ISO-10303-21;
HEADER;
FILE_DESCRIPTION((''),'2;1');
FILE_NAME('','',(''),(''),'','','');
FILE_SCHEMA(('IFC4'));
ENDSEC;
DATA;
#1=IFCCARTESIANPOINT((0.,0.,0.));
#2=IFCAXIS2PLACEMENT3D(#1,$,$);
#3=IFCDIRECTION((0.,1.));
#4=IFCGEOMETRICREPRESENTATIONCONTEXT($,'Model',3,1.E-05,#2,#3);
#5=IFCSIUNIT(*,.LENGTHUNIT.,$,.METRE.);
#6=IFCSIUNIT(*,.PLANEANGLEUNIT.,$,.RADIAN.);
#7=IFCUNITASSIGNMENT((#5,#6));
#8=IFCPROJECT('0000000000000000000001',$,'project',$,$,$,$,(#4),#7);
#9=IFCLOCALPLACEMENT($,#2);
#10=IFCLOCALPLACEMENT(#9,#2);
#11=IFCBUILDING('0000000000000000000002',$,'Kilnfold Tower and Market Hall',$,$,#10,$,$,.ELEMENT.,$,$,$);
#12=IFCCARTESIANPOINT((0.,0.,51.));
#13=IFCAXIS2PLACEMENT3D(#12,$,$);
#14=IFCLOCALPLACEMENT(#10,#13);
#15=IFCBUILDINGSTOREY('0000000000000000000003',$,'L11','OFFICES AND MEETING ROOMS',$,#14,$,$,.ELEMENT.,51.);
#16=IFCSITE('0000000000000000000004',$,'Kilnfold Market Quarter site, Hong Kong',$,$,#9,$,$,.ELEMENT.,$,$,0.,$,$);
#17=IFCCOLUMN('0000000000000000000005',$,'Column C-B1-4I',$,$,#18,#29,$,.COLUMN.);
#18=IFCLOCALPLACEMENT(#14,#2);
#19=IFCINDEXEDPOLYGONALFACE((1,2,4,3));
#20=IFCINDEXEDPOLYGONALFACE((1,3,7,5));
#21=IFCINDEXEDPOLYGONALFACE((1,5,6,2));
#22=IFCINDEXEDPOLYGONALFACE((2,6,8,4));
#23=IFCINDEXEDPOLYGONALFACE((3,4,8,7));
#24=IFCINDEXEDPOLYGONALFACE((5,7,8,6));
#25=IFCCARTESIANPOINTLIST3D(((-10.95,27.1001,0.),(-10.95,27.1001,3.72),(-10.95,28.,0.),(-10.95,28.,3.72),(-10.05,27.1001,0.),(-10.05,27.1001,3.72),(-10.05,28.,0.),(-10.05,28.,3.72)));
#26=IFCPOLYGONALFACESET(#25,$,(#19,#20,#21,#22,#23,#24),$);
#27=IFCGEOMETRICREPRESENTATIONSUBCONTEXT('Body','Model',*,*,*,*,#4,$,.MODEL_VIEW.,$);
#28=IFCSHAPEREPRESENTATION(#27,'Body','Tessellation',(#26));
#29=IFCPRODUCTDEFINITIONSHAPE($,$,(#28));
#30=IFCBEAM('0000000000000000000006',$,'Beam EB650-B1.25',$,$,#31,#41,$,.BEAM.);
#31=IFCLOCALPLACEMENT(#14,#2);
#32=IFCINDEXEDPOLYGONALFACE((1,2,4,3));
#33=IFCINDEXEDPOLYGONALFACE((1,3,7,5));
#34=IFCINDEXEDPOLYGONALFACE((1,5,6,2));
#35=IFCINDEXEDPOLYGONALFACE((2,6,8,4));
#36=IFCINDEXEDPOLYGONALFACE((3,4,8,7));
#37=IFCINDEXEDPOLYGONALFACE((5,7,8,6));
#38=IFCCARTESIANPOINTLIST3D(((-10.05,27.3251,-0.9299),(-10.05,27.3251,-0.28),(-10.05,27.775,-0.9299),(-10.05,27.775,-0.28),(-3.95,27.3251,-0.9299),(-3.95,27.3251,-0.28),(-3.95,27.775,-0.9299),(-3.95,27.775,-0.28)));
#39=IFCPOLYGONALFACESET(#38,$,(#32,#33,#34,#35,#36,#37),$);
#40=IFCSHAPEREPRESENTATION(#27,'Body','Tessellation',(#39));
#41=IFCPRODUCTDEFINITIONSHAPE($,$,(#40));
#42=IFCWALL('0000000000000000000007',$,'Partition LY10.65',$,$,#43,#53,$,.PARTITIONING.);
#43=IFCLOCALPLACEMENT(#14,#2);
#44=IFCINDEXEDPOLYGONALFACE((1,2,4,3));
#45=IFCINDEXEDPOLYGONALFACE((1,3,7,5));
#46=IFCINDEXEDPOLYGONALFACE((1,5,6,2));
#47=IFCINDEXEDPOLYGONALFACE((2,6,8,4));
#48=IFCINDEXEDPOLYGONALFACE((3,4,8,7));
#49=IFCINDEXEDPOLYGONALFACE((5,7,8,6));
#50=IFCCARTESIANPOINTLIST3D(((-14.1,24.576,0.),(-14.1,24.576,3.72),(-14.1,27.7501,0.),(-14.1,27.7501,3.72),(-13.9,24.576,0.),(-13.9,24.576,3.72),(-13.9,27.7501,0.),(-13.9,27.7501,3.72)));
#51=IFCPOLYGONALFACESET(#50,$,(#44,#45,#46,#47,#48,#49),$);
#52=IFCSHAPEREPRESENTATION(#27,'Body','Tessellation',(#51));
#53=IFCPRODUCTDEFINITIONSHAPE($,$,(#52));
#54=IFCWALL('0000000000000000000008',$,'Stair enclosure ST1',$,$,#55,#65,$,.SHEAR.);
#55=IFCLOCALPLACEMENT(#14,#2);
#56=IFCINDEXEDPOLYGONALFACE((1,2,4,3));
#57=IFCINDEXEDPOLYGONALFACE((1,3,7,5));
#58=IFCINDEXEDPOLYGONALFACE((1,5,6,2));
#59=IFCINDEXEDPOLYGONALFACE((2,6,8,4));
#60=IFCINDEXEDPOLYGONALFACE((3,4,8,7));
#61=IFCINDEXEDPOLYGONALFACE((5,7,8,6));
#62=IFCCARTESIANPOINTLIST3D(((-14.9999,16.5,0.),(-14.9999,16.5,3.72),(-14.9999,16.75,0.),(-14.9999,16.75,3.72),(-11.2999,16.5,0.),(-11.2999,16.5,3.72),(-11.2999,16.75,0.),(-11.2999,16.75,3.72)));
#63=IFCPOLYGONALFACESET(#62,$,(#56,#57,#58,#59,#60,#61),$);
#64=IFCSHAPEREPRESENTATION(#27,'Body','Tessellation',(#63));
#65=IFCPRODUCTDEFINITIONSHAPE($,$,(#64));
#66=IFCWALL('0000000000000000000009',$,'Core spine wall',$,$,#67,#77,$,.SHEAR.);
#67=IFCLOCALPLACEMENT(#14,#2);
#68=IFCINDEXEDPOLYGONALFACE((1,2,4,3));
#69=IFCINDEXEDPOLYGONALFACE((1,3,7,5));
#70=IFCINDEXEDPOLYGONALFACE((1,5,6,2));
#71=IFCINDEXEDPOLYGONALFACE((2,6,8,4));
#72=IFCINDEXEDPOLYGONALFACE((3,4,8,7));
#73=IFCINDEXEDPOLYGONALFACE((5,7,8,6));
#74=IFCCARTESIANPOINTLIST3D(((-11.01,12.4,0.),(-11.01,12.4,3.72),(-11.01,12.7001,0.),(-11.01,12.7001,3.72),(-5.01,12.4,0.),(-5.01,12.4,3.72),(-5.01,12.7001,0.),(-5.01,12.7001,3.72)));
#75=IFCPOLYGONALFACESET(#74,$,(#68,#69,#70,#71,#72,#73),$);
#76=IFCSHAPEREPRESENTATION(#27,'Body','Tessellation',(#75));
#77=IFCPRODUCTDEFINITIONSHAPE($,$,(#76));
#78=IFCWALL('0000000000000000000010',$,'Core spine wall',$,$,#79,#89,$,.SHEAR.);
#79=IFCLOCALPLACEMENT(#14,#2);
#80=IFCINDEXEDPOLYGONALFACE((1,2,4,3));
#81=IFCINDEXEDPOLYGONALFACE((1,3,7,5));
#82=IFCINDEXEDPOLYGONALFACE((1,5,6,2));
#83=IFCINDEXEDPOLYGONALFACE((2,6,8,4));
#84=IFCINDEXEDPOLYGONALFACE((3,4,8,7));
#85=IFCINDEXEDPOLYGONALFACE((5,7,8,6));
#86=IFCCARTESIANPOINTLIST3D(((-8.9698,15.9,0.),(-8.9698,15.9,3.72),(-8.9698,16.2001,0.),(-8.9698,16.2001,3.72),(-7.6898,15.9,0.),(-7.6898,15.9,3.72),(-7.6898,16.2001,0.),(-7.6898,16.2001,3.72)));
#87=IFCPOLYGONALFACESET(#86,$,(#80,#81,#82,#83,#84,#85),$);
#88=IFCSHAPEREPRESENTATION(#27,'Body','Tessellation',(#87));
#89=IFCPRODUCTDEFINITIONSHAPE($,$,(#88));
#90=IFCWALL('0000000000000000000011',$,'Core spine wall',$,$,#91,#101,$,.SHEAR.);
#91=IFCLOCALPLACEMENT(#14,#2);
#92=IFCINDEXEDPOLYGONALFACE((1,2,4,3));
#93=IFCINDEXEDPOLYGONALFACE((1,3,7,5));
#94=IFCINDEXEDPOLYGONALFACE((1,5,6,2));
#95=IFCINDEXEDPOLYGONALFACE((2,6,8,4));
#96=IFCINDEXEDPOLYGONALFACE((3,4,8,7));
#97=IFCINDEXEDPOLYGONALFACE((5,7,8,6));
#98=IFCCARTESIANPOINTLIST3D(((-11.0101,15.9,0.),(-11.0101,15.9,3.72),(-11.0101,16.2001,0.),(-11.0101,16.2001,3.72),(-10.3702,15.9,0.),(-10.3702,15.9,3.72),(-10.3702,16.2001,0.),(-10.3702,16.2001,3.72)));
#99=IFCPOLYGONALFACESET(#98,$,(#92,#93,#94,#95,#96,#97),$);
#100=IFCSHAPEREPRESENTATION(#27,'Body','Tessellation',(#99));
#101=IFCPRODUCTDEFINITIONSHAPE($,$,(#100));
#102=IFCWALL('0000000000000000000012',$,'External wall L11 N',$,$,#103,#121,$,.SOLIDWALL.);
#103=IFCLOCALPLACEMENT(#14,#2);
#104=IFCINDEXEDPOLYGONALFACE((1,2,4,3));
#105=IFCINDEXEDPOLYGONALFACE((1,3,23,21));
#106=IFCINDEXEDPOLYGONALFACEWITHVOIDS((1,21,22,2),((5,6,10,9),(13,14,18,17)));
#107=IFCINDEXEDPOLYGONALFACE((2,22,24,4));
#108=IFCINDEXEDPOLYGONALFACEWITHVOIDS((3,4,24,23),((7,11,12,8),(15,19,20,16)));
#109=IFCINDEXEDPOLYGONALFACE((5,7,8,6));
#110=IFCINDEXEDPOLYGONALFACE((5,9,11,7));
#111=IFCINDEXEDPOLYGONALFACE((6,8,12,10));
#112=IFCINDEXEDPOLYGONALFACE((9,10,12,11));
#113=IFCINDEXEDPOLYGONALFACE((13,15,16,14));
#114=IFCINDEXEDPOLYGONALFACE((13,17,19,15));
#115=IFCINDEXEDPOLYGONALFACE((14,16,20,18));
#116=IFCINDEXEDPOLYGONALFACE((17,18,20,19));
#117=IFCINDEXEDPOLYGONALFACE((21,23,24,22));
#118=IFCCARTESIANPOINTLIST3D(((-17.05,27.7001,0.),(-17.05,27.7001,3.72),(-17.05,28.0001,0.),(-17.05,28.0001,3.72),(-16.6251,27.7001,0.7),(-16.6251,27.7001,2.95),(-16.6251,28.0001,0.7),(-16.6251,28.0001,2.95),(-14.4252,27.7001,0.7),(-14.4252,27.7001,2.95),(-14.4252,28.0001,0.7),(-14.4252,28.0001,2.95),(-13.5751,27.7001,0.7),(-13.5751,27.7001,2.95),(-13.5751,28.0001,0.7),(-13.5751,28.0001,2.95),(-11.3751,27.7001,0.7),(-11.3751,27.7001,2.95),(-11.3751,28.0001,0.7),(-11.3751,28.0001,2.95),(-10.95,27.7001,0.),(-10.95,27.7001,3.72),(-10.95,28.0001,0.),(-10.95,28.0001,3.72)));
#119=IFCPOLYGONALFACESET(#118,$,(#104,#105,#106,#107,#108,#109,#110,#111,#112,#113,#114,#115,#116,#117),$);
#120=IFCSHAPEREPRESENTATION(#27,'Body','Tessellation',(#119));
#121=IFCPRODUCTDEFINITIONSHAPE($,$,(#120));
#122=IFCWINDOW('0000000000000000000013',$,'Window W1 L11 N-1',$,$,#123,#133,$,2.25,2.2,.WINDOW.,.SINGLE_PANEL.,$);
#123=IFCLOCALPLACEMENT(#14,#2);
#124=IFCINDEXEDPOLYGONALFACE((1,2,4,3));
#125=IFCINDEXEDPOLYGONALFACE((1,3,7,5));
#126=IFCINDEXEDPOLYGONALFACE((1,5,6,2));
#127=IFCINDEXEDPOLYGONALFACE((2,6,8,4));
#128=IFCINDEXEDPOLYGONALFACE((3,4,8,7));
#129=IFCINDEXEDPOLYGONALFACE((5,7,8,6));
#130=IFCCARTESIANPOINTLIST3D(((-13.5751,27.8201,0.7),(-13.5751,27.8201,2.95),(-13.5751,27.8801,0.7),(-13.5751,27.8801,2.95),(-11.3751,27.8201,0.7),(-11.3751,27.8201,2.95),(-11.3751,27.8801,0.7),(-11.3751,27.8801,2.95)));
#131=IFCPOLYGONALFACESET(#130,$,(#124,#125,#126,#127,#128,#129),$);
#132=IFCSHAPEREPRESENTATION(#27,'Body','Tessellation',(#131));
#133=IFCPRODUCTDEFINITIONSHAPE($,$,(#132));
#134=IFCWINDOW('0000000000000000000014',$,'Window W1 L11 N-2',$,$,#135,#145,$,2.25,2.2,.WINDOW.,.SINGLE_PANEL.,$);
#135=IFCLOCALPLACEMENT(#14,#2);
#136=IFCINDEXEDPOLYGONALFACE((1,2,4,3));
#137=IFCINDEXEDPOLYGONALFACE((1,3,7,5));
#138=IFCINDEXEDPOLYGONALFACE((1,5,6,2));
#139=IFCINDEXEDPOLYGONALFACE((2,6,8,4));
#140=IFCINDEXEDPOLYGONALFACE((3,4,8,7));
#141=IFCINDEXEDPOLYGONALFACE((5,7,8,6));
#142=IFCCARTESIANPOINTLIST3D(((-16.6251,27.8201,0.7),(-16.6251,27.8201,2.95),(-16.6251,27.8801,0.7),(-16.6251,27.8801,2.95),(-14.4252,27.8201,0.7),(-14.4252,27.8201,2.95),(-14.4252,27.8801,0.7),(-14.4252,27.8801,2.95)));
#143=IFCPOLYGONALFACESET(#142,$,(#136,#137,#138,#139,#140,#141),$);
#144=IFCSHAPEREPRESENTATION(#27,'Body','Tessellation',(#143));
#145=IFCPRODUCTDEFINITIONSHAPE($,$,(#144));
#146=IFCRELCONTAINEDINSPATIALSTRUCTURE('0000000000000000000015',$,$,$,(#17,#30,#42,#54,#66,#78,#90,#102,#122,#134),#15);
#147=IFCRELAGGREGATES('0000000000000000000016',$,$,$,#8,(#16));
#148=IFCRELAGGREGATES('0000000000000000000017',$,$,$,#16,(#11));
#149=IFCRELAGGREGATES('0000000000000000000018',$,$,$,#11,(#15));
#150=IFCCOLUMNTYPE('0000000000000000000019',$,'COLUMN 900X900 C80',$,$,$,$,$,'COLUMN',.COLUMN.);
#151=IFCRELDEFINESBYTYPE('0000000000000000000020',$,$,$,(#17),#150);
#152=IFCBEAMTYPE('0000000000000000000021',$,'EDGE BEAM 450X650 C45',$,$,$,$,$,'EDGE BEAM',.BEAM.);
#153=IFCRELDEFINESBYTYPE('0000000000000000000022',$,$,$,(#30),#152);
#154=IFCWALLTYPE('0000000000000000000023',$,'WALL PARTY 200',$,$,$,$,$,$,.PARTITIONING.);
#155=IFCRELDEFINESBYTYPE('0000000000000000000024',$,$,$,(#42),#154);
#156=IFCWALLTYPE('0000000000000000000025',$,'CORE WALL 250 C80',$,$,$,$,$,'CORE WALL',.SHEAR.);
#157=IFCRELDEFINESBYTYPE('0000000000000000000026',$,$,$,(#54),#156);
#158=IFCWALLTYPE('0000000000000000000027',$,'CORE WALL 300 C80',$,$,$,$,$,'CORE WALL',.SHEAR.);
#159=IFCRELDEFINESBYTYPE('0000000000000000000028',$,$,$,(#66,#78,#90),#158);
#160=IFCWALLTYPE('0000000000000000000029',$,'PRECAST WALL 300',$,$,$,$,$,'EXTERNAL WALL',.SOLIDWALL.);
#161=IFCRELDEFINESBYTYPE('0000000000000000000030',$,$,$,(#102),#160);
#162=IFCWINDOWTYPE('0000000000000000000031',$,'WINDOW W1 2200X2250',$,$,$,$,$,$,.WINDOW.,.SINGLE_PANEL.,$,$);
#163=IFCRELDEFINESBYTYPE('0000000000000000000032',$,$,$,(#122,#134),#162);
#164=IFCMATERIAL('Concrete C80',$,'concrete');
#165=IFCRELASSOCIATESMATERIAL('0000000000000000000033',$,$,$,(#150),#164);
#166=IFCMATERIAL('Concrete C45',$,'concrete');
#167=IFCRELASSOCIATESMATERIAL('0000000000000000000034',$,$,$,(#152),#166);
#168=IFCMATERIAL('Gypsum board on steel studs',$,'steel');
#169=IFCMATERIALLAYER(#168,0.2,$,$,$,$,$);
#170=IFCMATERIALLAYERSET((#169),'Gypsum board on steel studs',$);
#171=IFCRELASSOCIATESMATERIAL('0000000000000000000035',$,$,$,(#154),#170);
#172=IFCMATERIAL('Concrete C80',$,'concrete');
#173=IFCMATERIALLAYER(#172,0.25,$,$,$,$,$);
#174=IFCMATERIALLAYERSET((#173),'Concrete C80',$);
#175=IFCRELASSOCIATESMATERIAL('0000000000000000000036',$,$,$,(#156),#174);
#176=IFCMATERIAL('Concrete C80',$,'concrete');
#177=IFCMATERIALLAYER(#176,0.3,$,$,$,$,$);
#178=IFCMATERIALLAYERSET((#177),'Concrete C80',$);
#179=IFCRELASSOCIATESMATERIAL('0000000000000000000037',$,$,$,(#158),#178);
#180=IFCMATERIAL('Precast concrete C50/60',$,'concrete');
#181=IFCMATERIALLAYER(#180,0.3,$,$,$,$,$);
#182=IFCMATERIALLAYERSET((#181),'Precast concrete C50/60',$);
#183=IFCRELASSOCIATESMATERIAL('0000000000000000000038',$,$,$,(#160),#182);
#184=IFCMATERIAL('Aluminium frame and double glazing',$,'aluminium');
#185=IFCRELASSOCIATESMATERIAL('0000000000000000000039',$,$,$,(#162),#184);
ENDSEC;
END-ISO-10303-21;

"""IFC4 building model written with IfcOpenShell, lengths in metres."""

from ifc_helpers import new_model, si_unit, direction, frame, frame_2d, origin, origin_2d, place, context, subcontext, project, spatial, rectangle, extrude, source, transform, mapped, material, layer, layer_set, material_profile, profile_set, type_object, element, fill, save


model = new_model("IFC4")

# Units and contexts
model_context = context("Model", 3, precision=1e-05, world=origin(), true_north=direction((0.0, 1.0)))
body_context = subcontext(model_context, "Body", "Model", "MODEL_VIEW")
ifc_project = project(units=[si_unit("LENGTHUNIT", "METRE"), si_unit("PLANEANGLEUNIT", "RADIAN")], contexts=[model_context])

# Site, building, storey
site_placement = place(None, origin())
site = spatial("IfcSite", under=ifc_project, at=site_placement, Name="Kilnfold Market Quarter site, Hong Kong", CompositionType="ELEMENT", RefElevation=0.0)
building_placement = place(site_placement, origin())
building = spatial("IfcBuilding", under=site, at=building_placement, Name="Kilnfold Tower and Market Hall", CompositionType="ELEMENT")
storey_placement = place(building_placement, frame((0.0, 0.0, 51.0)))
storey = spatial("IfcBuildingStorey", under=building, at=storey_placement, Name="L11", Description="OFFICES AND MEETING ROOMS", CompositionType="ELEMENT", Elevation=51.0)

# Column
ifc_material_1 = material(Name="Concrete C80", Category="concrete")
ifc_material_profile_1 = material_profile(ifc_material_1, rectangle(XDim=0.8999, YDim=0.8999, at=origin_2d()), Name="RC 900x900")
ifc_profile_set_1 = profile_set([ifc_material_profile_1], Name="Concrete C80")
column_type = type_object("IfcColumnType", Name="COLUMN 900X900 C80", ElementType="COLUMN", PredefinedType="COLUMN", material=ifc_profile_set_1)
shared_shape_1 = source(origin(), body_context, "Body", "SweptSolid", [
    extrude(rectangle(XDim=0.8999, YDim=0.8999, at=origin_2d()), origin(), (0.0, 0.0, 1.0), 3.72),
])
column_placement = place(storey_placement, frame((-10.5, 27.55, 0.0), z_axis=(0.0, 0.0, 1.0), x_axis=(1.0, 0.0, 0.0)))
element("IfcColumn", 1, at=column_placement, inside=storey, type_object=column_type, Name="Column C-B1-4I", PredefinedType="COLUMN", context=body_context, shape_type="MappedRepresentation", body=[
    mapped(shared_shape_1, transform((0.0, 0.0, 0.0))),
])

# Beam
ifc_material_2 = material(Name="Concrete C45", Category="concrete")
ifc_material_profile_2 = material_profile(ifc_material_2, rectangle(XDim=0.45, YDim=0.6499, at=origin_2d()), Name="RC 450x650")
ifc_profile_set_2 = profile_set([ifc_material_profile_2], Name="Concrete C45")
beam_type = type_object("IfcBeamType", Name="EDGE BEAM 450X650 C45", ElementType="EDGE BEAM", PredefinedType="BEAM", material=ifc_profile_set_2)
shared_shape_2 = source(origin(), body_context, "Body", "SweptSolid", [
    extrude(rectangle(XDim=0.45, YDim=0.6499, at=origin_2d()), origin(), (0.0, 0.0, 1.0), 6.1001),
])
beam_placement = place(storey_placement, frame((-10.05, 27.55, -0.605), z_axis=(1.0, 0.0, 0.0), x_axis=(0.0, 1.0, 0.0)))
element("IfcBeam", 2, at=beam_placement, inside=storey, type_object=beam_type, Name="Beam EB650-B1.25", PredefinedType="BEAM", context=body_context, shape_type="MappedRepresentation", body=[
    mapped(shared_shape_2, transform((0.0, 0.0, 0.0))),
])

# Walls
ifc_material_3 = material(Name="Gypsum board on steel studs", Category="steel")
ifc_layer_1 = layer(ifc_material_3, 0.2)
ifc_layer_set_1 = layer_set([ifc_layer_1], Name="Gypsum board on steel studs")
wall_type_1 = type_object("IfcWallType", Name="WALL PARTY 200", PredefinedType="PARTITIONING", material=ifc_layer_set_1)
wall_1_placement = place(storey_placement, frame((-14.0, 27.75, 0.0), z_axis=(0.0, 0.0, 1.0), x_axis=(0.0, -1.0, 0.0)))
element("IfcWall", 3, at=wall_1_placement, inside=storey, type_object=wall_type_1, Name="Partition LY10.65", PredefinedType="PARTITIONING", context=body_context, shape_type="SweptSolid", body=[
    extrude(rectangle(XDim=3.1741, YDim=0.2, at=frame_2d((1.5869, 0.0))), origin(), (0.0, 0.0, 1.0), 3.72),
])
ifc_material_4 = material(Name="Concrete C80", Category="concrete")
ifc_layer_2 = layer(ifc_material_4, 0.25)
ifc_layer_set_2 = layer_set([ifc_layer_2], Name="Concrete C80")
wall_type_2 = type_object("IfcWallType", Name="CORE WALL 250 C80", ElementType="CORE WALL", PredefinedType="SHEAR", material=ifc_layer_set_2)
shared_shape_3 = source(origin(), body_context, "Body", "SweptSolid", [
    extrude(rectangle(XDim=3.7, YDim=0.25, at=frame_2d((1.8501, 0.0))), origin(), (0.0, 0.0, 1.0), 3.72),
])
wall_2_placement = place(storey_placement, frame((-15.0, 16.625, 0.0), z_axis=(0.0, 0.0, 1.0), x_axis=(1.0, 0.0, 0.0)))
element("IfcWall", 4, at=wall_2_placement, inside=storey, type_object=wall_type_2, Name="Stair enclosure ST1", PredefinedType="SHEAR", context=body_context, shape_type="MappedRepresentation", body=[
    mapped(shared_shape_3, transform((0.0, 0.0, 0.0))),
])
ifc_material_5 = material(Name="Concrete C80", Category="concrete")
ifc_layer_3 = layer(ifc_material_5, 0.3)
ifc_layer_set_3 = layer_set([ifc_layer_3], Name="Concrete C80")
wall_type_3 = type_object("IfcWallType", Name="CORE WALL 300 C80", ElementType="CORE WALL", PredefinedType="SHEAR", material=ifc_layer_set_3)
shared_shape_4 = source(origin(), body_context, "Body", "SweptSolid", [
    extrude(rectangle(XDim=6.0, YDim=0.3, at=frame_2d((3.0, 0.0))), origin(), (0.0, 0.0, 1.0), 3.72),
])
wall_3_placement = place(storey_placement, frame((-11.01, 12.55, 0.0), z_axis=(0.0, 0.0, 1.0), x_axis=(1.0, 0.0, 0.0)))
element("IfcWall", 5, at=wall_3_placement, inside=storey, type_object=wall_type_3, Name="Core spine wall", PredefinedType="SHEAR", context=body_context, shape_type="MappedRepresentation", body=[
    mapped(shared_shape_4, transform((0.0, 0.0, 0.0))),
])
shared_shape_5 = source(origin(), body_context, "Body", "SweptSolid", [
    extrude(rectangle(XDim=1.28, YDim=0.3, at=frame_2d((0.6401, 0.0))), origin(), (0.0, 0.0, 1.0), 3.72),
])
wall_4_placement = place(storey_placement, frame((-8.97, 16.05, 0.0), z_axis=(0.0, 0.0, 1.0), x_axis=(1.0, 0.0, 0.0)))
element("IfcWall", 6, at=wall_4_placement, inside=storey, type_object=wall_type_3, Name="Core spine wall", PredefinedType="SHEAR", context=body_context, shape_type="MappedRepresentation", body=[
    mapped(shared_shape_5, transform((0.0, 0.0, 0.0))),
])
shared_shape_6 = source(origin(), body_context, "Body", "SweptSolid", [
    extrude(rectangle(XDim=0.6399, YDim=0.3, at=frame_2d((0.3198, 0.0))), origin(), (0.0, 0.0, 1.0), 3.72),
])
wall_5_placement = place(storey_placement, frame((-11.01, 16.05, 0.0), z_axis=(0.0, 0.0, 1.0), x_axis=(1.0, 0.0, 0.0)))
element("IfcWall", 7, at=wall_5_placement, inside=storey, type_object=wall_type_3, Name="Core spine wall", PredefinedType="SHEAR", context=body_context, shape_type="MappedRepresentation", body=[
    mapped(shared_shape_6, transform((0.0, 0.0, 0.0))),
])

# Wall, openings, windows
ifc_material_6 = material(Name="Precast concrete C50/60", Category="concrete")
ifc_layer_4 = layer(ifc_material_6, 0.3)
ifc_layer_set_4 = layer_set([ifc_layer_4], Name="Precast concrete C50/60")
wall_type_4 = type_object("IfcWallType", Name="PRECAST WALL 300", ElementType="EXTERNAL WALL", PredefinedType="SOLIDWALL", material=ifc_layer_set_4)
shared_shape_7 = source(origin(), body_context, "Body", "SweptSolid", [
    extrude(rectangle(XDim=6.1001, YDim=0.3, at=frame_2d((3.05, 0.0))), origin(), (0.0, 0.0, 1.0), 3.72),
])
wall_6_placement = place(storey_placement, frame((-10.95, 27.8501, 0.0), z_axis=(0.0, 0.0, 1.0), x_axis=(-1.0, 0.0, 0.0)))
wall_6 = element("IfcWall", 8, at=wall_6_placement, inside=storey, type_object=wall_type_4, Name="External wall L11 N", PredefinedType="SOLIDWALL", context=body_context, shape_type="MappedRepresentation", body=[
    mapped(shared_shape_7, transform((0.0, 0.0, 0.0))),
])
opening_1_placement = place(wall_6_placement, frame((0.425, 0.0, 0.7)))
opening_1 = element("IfcOpeningElement", 9, at=opening_1_placement, cuts=wall_6, PredefinedType="OPENING", context=body_context, shape_type="SweptSolid", body=[
    extrude(rectangle(XDim=2.2, YDim=2.25, at=frame_2d((1.1001, 1.125))), frame((0.0, 0.1602, 0.0), z_axis=(0.0, -1.0, 0.0), x_axis=(1.0, 0.0, 0.0)), (0.0, 0.0, 1.0), 0.3201),
])
opening_2_placement = place(wall_6_placement, frame((3.4751, 0.0, 0.7)))
opening_2 = element("IfcOpeningElement", 10, at=opening_2_placement, cuts=wall_6, PredefinedType="OPENING", context=body_context, shape_type="SweptSolid", body=[
    extrude(rectangle(XDim=2.2, YDim=2.25, at=frame_2d((1.1001, 1.125))), frame((0.0, 0.1602, 0.0), z_axis=(0.0, -1.0, 0.0), x_axis=(1.0, 0.0, 0.0)), (0.0, 0.0, 1.0), 0.3201),
])
ifc_material_7 = material(Name="Aluminium frame and double glazing", Category="aluminium")
window_type = type_object("IfcWindowType", Name="WINDOW W1 2200X2250", PartitioningType="SINGLE_PANEL", PredefinedType="WINDOW", material=ifc_material_7)
window_1_placement = place(opening_1_placement, origin())
window_1 = element("IfcWindow", 11, at=window_1_placement, inside=storey, type_object=window_type, Name="Window W1 L11 N-1", OverallHeight=2.25, OverallWidth=2.2, PartitioningType="SINGLE_PANEL", PredefinedType="WINDOW", context=body_context, shape_type="SweptSolid", body=[
    extrude(rectangle(XDim=2.2, YDim=2.25, at=frame_2d((1.1001, 1.125))), frame((0.0, 0.03, 0.0), z_axis=(0.0, -1.0, 0.0), x_axis=(1.0, 0.0, 0.0)), (0.0, 0.0, 1.0), 0.0601),
])
fill(opening_1, window_1)
window_2_placement = place(opening_2_placement, origin())
window_2 = element("IfcWindow", 12, at=window_2_placement, inside=storey, type_object=window_type, Name="Window W1 L11 N-2", OverallHeight=2.25, OverallWidth=2.2, PartitioningType="SINGLE_PANEL", PredefinedType="WINDOW", context=body_context, shape_type="SweptSolid", body=[
    extrude(rectangle(XDim=2.2, YDim=2.25, at=frame_2d((1.1001, 1.125))), frame((0.0, 0.03, 0.0), z_axis=(0.0, -1.0, 0.0), x_axis=(1.0, 0.0, 0.0)), (0.0, 0.0, 1.0), 0.0601),
])
fill(opening_2, window_2)

save(model, "model.ifc")
